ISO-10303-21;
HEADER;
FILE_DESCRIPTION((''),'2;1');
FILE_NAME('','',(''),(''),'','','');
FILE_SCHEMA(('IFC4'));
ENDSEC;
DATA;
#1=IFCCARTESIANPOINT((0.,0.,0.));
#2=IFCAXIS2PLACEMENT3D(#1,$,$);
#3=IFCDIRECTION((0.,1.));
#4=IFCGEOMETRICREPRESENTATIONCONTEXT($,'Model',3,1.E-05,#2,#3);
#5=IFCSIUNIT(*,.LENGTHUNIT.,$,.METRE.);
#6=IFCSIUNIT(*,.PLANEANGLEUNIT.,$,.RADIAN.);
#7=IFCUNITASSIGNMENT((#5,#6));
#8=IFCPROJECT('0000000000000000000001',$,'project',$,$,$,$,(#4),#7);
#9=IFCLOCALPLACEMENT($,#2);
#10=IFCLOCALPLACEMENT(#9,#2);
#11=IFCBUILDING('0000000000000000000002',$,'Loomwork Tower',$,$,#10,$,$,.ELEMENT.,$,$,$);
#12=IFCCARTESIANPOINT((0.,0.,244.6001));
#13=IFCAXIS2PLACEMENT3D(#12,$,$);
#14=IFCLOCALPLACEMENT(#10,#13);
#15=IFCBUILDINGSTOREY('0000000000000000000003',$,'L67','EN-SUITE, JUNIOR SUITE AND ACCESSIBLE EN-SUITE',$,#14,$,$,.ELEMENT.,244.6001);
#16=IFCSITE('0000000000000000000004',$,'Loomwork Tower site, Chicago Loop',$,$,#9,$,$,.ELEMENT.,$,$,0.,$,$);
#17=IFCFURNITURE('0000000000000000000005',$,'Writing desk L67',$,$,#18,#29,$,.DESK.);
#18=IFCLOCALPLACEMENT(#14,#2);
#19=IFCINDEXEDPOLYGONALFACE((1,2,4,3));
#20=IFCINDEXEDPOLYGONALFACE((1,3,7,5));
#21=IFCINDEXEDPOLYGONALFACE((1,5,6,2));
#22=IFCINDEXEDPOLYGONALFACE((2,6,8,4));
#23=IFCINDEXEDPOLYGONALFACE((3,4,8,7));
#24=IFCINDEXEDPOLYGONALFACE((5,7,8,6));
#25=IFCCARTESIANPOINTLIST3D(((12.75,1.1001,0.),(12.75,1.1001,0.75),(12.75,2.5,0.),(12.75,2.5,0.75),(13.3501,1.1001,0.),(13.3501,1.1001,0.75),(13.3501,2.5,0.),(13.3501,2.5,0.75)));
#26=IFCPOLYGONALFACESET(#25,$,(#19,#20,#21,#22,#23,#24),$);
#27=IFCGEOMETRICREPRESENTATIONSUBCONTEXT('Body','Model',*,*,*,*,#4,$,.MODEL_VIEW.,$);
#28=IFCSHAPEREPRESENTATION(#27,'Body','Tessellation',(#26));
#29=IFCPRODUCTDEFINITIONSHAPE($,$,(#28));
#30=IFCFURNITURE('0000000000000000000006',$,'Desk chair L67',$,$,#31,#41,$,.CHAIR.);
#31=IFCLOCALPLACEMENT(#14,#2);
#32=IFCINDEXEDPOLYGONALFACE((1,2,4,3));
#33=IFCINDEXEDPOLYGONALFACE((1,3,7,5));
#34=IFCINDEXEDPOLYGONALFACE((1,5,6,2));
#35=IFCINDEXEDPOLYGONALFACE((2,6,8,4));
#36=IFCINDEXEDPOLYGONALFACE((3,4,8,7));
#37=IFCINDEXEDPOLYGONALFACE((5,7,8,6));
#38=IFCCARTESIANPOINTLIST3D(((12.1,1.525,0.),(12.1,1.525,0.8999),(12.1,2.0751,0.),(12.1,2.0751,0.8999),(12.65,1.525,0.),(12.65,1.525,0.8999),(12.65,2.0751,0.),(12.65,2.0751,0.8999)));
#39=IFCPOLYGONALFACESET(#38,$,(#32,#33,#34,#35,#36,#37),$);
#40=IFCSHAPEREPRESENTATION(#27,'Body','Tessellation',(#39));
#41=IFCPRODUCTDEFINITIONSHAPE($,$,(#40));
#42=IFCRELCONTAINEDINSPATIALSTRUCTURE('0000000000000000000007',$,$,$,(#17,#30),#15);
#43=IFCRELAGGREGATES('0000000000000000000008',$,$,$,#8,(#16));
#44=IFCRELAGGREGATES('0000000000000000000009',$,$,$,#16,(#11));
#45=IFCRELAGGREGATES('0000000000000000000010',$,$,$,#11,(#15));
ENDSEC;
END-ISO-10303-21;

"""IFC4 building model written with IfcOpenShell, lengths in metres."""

from ifc_helpers import new_model, si_unit, direction, frame, origin, origin_2d, place, context, subcontext, project, spatial, rectangle, extrude, element, save


model = new_model("IFC4")

# Units and contexts
model_context = context("Model", 3, precision=1e-05, world=origin(), true_north=direction((0.0, 1.0)))
body_context = subcontext(model_context, "Body", "Model", "MODEL_VIEW")
ifc_project = project(units=[si_unit("LENGTHUNIT", "METRE"), si_unit("PLANEANGLEUNIT", "RADIAN")], contexts=[model_context])

# Site, building, storey
site_placement = place(None, origin())
site = spatial("IfcSite", under=ifc_project, at=site_placement, Name="Loomwork Tower site, Chicago Loop", CompositionType="ELEMENT", RefElevation=0.0)
building_placement = place(site_placement, origin())
building = spatial("IfcBuilding", under=site, at=building_placement, Name="Loomwork Tower", CompositionType="ELEMENT")
storey_placement = place(building_placement, frame((0.0, 0.0, 244.6001)))
storey = spatial("IfcBuildingStorey", under=building, at=storey_placement, Name="L67", Description="EN-SUITE, JUNIOR SUITE AND ACCESSIBLE EN-SUITE", CompositionType="ELEMENT", Elevation=244.6001)

# Furniture
furniture_1_placement = place(storey_placement, frame((13.05, 1.8, 0.0), z_axis=(0.0, 0.0, 1.0), x_axis=(1.0, 0.0, 0.0)))
element("IfcFurniture", 1, at=furniture_1_placement, inside=storey, Name="Writing desk L67", PredefinedType="DESK", context=body_context, shape_type="SweptSolid", body=[
    extrude(rectangle(XDim=0.6001, YDim=1.3999, at=origin_2d()), origin(), (0.0, 0.0, 1.0), 0.75),
])
furniture_2_placement = place(storey_placement, frame((12.375, 1.8, 0.0), z_axis=(0.0, 0.0, 1.0), x_axis=(1.0, 0.0, 0.0)))
element("IfcFurniture", 2, at=furniture_2_placement, inside=storey, Name="Desk chair L67", PredefinedType="CHAIR", context=body_context, shape_type="SweptSolid", body=[
    extrude(rectangle(XDim=0.55, YDim=0.55, at=origin_2d()), origin(), (0.0, 0.0, 1.0), 0.8999),
])

save(model, "model.ifc")
